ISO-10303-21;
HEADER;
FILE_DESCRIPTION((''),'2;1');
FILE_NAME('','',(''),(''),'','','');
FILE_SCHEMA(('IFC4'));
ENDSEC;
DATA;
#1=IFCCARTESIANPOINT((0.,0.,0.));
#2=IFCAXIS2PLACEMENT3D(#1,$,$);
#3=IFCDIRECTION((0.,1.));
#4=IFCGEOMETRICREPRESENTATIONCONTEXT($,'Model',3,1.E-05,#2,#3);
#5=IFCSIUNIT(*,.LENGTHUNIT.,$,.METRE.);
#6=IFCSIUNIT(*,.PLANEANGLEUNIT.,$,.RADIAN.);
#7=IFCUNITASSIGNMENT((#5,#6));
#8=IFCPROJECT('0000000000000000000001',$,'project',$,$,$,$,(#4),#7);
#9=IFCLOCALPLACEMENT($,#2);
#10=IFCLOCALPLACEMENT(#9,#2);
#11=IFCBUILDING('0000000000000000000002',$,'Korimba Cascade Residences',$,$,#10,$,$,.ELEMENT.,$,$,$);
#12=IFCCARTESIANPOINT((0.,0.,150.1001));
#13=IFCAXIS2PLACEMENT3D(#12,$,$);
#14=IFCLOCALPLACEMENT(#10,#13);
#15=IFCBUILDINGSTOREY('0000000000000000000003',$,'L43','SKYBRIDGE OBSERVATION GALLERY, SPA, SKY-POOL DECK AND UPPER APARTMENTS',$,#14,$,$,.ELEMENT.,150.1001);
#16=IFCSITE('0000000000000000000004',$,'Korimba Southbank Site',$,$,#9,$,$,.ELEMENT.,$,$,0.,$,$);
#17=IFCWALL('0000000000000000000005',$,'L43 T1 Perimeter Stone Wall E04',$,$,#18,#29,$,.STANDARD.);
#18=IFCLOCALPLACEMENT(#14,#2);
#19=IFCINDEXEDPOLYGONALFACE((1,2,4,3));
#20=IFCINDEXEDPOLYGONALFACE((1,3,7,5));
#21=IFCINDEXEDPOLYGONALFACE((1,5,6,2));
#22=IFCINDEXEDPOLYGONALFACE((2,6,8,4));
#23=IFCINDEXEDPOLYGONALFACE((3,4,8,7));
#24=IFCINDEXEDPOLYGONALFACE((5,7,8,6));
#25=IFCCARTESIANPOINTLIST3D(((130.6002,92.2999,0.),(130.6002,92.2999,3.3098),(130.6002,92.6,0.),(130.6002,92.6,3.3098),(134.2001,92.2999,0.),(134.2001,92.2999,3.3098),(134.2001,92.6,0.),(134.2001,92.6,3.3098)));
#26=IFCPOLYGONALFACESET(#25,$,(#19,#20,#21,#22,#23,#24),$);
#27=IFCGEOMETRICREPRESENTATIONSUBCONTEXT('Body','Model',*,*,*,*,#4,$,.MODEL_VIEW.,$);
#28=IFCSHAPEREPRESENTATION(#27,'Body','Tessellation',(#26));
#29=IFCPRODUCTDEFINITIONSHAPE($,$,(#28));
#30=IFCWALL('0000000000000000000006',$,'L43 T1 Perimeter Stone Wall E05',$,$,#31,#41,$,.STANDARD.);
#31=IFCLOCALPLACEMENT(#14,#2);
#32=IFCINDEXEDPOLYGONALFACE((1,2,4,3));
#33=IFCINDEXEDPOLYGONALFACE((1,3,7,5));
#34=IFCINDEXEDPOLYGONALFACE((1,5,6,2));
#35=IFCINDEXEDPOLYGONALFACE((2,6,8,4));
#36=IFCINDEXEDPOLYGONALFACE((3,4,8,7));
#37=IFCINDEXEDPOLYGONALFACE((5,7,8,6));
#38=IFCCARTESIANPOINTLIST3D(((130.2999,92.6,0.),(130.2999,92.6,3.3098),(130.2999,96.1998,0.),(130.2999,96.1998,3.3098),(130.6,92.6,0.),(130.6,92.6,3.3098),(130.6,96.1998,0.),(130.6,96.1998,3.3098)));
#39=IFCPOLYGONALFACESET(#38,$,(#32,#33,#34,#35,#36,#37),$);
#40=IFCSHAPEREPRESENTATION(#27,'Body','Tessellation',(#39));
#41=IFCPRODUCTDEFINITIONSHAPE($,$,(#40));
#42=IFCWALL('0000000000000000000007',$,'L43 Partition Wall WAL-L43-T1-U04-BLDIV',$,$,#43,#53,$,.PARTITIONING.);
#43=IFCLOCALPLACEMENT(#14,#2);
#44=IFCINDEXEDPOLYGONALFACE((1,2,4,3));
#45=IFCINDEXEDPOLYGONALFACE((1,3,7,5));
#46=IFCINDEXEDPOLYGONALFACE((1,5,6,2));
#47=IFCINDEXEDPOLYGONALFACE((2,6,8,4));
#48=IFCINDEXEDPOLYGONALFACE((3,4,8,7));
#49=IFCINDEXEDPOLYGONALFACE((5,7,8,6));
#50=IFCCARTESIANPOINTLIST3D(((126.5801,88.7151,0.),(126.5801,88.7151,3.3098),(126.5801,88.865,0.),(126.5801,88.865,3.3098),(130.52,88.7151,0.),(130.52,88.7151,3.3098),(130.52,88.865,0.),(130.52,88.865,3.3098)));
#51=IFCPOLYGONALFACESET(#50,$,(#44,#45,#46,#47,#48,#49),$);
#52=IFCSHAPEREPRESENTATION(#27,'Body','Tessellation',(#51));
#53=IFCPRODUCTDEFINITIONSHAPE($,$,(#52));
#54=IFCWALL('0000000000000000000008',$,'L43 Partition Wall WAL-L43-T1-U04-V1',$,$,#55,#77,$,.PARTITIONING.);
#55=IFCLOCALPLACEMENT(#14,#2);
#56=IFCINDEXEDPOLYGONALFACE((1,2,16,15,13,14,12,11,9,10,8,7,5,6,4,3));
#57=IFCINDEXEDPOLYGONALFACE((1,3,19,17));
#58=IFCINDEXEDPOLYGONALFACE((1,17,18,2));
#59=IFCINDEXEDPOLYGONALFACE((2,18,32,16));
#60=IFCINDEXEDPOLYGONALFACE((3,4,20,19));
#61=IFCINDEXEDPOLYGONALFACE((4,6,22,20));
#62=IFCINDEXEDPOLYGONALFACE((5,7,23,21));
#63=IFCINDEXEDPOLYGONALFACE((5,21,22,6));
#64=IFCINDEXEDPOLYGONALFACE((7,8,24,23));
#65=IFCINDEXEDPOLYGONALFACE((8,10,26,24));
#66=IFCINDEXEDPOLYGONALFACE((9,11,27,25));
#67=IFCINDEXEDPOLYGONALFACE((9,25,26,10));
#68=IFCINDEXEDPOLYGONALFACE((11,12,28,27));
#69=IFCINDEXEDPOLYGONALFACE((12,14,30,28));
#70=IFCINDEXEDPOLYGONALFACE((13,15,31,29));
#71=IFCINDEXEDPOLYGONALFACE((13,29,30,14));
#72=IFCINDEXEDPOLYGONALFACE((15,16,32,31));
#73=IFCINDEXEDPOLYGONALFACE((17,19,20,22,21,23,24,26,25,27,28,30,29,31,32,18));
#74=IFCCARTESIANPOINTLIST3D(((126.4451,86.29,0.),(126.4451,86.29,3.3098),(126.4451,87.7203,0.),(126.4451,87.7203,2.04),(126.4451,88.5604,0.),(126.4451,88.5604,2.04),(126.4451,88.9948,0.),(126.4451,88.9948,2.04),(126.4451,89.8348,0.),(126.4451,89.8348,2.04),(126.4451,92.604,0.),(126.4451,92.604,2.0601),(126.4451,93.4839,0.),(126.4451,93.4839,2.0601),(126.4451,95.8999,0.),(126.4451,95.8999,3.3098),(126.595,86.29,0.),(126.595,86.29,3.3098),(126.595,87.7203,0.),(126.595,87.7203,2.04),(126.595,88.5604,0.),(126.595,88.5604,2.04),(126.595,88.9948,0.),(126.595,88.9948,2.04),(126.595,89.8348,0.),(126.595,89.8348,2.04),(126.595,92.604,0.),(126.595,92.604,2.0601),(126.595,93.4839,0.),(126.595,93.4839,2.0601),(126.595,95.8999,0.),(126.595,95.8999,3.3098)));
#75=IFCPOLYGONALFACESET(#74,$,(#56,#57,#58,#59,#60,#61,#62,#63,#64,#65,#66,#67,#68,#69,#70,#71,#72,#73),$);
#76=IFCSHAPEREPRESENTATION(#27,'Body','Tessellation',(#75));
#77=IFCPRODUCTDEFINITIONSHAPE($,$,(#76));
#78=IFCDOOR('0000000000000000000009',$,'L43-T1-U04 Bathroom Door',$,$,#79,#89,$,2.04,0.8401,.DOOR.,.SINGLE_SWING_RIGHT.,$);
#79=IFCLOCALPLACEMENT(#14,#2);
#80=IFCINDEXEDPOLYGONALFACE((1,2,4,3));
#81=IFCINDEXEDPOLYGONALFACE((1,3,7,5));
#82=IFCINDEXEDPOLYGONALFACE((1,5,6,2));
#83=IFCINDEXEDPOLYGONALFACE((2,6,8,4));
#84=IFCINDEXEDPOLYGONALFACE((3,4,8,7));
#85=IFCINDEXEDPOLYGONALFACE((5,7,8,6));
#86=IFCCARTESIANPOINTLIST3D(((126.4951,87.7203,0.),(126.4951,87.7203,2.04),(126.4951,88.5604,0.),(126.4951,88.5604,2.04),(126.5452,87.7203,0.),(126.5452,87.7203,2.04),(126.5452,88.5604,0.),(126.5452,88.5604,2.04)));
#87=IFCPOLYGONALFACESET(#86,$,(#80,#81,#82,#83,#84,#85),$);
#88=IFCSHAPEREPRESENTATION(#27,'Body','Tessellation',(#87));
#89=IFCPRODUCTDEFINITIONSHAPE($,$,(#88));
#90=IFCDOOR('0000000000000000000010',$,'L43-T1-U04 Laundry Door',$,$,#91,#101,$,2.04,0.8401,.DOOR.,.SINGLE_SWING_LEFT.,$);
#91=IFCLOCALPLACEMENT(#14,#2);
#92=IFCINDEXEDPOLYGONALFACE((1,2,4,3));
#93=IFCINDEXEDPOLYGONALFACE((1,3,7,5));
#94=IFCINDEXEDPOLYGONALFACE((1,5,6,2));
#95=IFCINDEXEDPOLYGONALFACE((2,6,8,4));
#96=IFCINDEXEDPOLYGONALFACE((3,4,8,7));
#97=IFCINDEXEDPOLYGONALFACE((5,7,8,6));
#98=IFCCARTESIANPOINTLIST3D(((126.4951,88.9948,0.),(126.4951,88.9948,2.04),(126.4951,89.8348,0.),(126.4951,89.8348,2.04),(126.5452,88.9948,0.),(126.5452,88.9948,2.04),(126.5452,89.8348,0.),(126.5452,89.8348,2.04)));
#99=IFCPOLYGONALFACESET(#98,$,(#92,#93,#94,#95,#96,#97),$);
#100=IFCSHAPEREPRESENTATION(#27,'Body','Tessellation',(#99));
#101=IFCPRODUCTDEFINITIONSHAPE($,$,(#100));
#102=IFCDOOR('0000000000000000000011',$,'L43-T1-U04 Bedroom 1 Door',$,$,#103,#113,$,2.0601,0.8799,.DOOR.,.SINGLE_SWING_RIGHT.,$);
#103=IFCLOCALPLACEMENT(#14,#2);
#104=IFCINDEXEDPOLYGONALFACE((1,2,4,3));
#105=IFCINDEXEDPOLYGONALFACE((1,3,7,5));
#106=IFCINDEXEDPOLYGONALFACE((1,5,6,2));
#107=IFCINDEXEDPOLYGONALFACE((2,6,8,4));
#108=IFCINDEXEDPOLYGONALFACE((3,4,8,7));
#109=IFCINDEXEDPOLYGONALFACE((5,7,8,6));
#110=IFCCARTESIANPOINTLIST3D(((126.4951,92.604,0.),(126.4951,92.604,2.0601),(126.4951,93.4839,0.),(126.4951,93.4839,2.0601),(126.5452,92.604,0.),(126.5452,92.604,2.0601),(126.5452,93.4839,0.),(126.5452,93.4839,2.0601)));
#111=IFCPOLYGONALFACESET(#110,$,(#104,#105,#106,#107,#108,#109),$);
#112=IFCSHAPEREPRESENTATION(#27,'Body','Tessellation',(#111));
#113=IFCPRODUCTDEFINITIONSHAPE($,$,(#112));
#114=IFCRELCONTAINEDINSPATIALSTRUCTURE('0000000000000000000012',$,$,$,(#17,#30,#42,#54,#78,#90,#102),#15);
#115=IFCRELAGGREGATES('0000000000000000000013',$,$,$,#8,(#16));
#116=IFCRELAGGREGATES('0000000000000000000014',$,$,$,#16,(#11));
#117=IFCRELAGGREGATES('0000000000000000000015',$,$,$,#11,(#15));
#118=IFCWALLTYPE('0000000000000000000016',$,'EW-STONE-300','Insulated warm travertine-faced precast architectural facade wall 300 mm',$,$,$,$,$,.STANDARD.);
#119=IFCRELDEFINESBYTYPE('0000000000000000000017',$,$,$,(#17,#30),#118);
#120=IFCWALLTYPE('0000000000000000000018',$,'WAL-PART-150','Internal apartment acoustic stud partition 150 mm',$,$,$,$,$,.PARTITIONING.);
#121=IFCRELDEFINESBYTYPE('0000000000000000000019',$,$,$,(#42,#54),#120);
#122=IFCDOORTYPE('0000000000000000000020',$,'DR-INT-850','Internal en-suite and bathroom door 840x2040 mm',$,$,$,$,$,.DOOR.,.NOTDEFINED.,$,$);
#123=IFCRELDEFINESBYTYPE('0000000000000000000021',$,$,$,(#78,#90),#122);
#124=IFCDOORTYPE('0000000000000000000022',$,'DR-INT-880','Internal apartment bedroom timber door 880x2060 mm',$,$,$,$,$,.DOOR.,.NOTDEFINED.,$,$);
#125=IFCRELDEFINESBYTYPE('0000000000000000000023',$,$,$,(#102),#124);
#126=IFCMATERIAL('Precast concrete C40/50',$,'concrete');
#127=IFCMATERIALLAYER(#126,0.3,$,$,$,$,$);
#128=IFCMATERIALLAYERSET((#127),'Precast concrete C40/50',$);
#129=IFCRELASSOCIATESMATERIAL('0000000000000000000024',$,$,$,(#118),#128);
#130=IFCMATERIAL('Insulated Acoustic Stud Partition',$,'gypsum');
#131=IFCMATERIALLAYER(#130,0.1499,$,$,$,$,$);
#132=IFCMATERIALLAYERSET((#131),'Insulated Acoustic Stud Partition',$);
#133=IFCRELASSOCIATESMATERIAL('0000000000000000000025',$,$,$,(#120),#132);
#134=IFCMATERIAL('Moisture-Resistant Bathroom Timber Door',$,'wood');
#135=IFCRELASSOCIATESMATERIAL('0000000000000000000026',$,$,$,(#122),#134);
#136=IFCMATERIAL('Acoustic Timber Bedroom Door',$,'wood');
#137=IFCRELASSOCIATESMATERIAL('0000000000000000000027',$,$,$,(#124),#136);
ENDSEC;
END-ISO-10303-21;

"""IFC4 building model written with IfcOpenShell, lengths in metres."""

from ifc_helpers import new_model, si_unit, direction, frame, frame_2d, origin, place, context, subcontext, project, spatial, rectangle, extrude, material, layer, layer_set, type_object, element, fill, save


model = new_model("IFC4")

# Units and contexts
model_context = context("Model", 3, precision=1e-05, world=origin(), true_north=direction((0.0, 1.0)))
body_context = subcontext(model_context, "Body", "Model", "MODEL_VIEW")
ifc_project = project(units=[si_unit("LENGTHUNIT", "METRE"), si_unit("PLANEANGLEUNIT", "RADIAN")], contexts=[model_context])

# Site, building, storey
site_placement = place(None, origin())
site = spatial("IfcSite", under=ifc_project, at=site_placement, Name="Korimba Southbank Site", CompositionType="ELEMENT", RefElevation=0.0)
building_placement = place(site_placement, origin())
building = spatial("IfcBuilding", under=site, at=building_placement, Name="Korimba Cascade Residences", CompositionType="ELEMENT")
storey_placement = place(building_placement, frame((0.0, 0.0, 150.1001)))
storey = spatial("IfcBuildingStorey", under=building, at=storey_placement, Name="L43", Description="SKYBRIDGE OBSERVATION GALLERY, SPA, SKY-POOL DECK AND UPPER APARTMENTS", CompositionType="ELEMENT", Elevation=150.1001)

# Shared definitions
ifc_material_1 = material(Name="Precast concrete C40/50", Category="concrete")

# Walls
ifc_layer_1 = layer(ifc_material_1, 0.3)
ifc_layer_set_1 = layer_set([ifc_layer_1], Name="Precast concrete C40/50")
wall_type_1 = type_object("IfcWallType", Name="EW-STONE-300", Description="Insulated warm travertine-faced precast architectural facade wall 300 mm", PredefinedType="STANDARD", material=ifc_layer_set_1)
for number, where, z_axis, x_axis, name in (
    (1, (134.2, 92.45, 0.0), (0.0, 0.0, 1.0), (-1.0, 0.0, 0.0), "L43 T1 Perimeter Stone Wall E04"),
    (2, (130.45, 92.6001, 0.0), (0.0, 0.0, 1.0), (0.0, 1.0, 0.0), "L43 T1 Perimeter Stone Wall E05"),
):
    element("IfcWall", number, at=place(storey_placement, frame(where, z_axis=z_axis, x_axis=x_axis)), inside=storey, type_object=wall_type_1, Name=name, PredefinedType="STANDARD", context=body_context, shape_type="SweptSolid", body=[
        extrude(rectangle(XDim=3.5999, YDim=0.3, at=frame_2d((1.7998, 0.0))), origin(), (0.0, 0.0, 1.0), 3.3098),
    ])
ifc_material_2 = material(Name="Insulated Acoustic Stud Partition", Category="gypsum")
ifc_layer_2 = layer(ifc_material_2, 0.1499)
ifc_layer_set_2 = layer_set([ifc_layer_2], Name="Insulated Acoustic Stud Partition")
wall_type_2 = type_object("IfcWallType", Name="WAL-PART-150", Description="Internal apartment acoustic stud partition 150 mm", PredefinedType="PARTITIONING", material=ifc_layer_set_2)
wall_1_placement = place(storey_placement, frame((126.5801, 88.79, 0.0), z_axis=(0.0, 0.0, 1.0), x_axis=(1.0, 0.0, 0.0)))
element("IfcWall", 3, at=wall_1_placement, inside=storey, type_object=wall_type_2, Name="L43 Partition Wall WAL-L43-T1-U04-BLDIV", PredefinedType="PARTITIONING", context=body_context, shape_type="SweptSolid", body=[
    extrude(rectangle(XDim=3.9399, YDim=0.1499, at=frame_2d((1.97, 0.0))), origin(), (0.0, 0.0, 1.0), 3.3098),
])

# Wall, openings, doors
wall_2_placement = place(storey_placement, frame((126.52, 86.29, 0.0), z_axis=(0.0, 0.0, 1.0), x_axis=(0.0, 1.0, 0.0)))
wall_2 = element("IfcWall", 4, at=wall_2_placement, inside=storey, type_object=wall_type_2, Name="L43 Partition Wall WAL-L43-T1-U04-V1", PredefinedType="PARTITIONING", context=body_context, shape_type="SweptSolid", body=[
    extrude(rectangle(XDim=9.6099, YDim=0.1499, at=frame_2d((4.8049, 0.0))), origin(), (0.0, 0.0, 1.0), 3.3098),
])
opening_1_placement = place(wall_2_placement, frame((1.4304, 0.0, 0.0)))
opening_1 = element("IfcOpeningElement", 5, at=opening_1_placement, cuts=wall_2, PredefinedType="OPENING", context=body_context, shape_type="SweptSolid", body=[
    extrude(rectangle(XDim=0.8401, YDim=2.04, at=frame_2d((0.4199, 1.02))), frame((0.0, 0.085, 0.0), z_axis=(0.0, -1.0, 0.0), x_axis=(1.0, 0.0, 0.0)), (0.0, 0.0, 1.0), 0.1699),
])
opening_2_placement = place(wall_2_placement, frame((2.7048, 0.0, 0.0)))
opening_2 = element("IfcOpeningElement", 6, at=opening_2_placement, cuts=wall_2, PredefinedType="OPENING", context=body_context, shape_type="SweptSolid", body=[
    extrude(rectangle(XDim=0.8401, YDim=2.04, at=frame_2d((0.4199, 1.02))), frame((0.0, 0.085, 0.0), z_axis=(0.0, -1.0, 0.0), x_axis=(1.0, 0.0, 0.0)), (0.0, 0.0, 1.0), 0.1699),
])
opening_3_placement = place(wall_2_placement, frame((6.314, 0.0, 0.0)))
opening_3 = element("IfcOpeningElement", 7, at=opening_3_placement, cuts=wall_2, PredefinedType="OPENING", context=body_context, shape_type="SweptSolid", body=[
    extrude(rectangle(XDim=0.8799, YDim=2.0601, at=frame_2d((0.4399, 1.03))), frame((0.0, 0.085, 0.0), z_axis=(0.0, -1.0, 0.0), x_axis=(1.0, 0.0, 0.0)), (0.0, 0.0, 1.0), 0.1699),
])
ifc_material_3 = material(Name="Moisture-Resistant Bathroom Timber Door", Category="wood")
door_type_1 = type_object("IfcDoorType", Name="DR-INT-850", Description="Internal en-suite and bathroom door 840x2040 mm", OperationType="NOTDEFINED", PredefinedType="DOOR", material=ifc_material_3)
door_1_placement = place(opening_1_placement, origin())
door_1 = element("IfcDoor", 8, at=door_1_placement, inside=storey, type_object=door_type_1, Name="L43-T1-U04 Bathroom Door", OperationType="SINGLE_SWING_RIGHT", OverallHeight=2.04, OverallWidth=0.8401, PredefinedType="DOOR", context=body_context, shape_type="SweptSolid", body=[
    extrude(rectangle(XDim=0.8401, YDim=2.04, at=frame_2d((0.4199, 1.02))), frame((0.0, 0.0249, 0.0), z_axis=(0.0, -1.0, 0.0), x_axis=(1.0, 0.0, 0.0)), (0.0, 0.0, 1.0), 0.05),
])
fill(opening_1, door_1)
door_2_placement = place(opening_2_placement, origin())
door_2 = element("IfcDoor", 9, at=door_2_placement, inside=storey, type_object=door_type_1, Name="L43-T1-U04 Laundry Door", OperationType="SINGLE_SWING_LEFT", OverallHeight=2.04, OverallWidth=0.8401, PredefinedType="DOOR", context=body_context, shape_type="SweptSolid", body=[
    extrude(rectangle(XDim=0.8401, YDim=2.04, at=frame_2d((0.4199, 1.02))), frame((0.0, 0.0249, 0.0), z_axis=(0.0, -1.0, 0.0), x_axis=(1.0, 0.0, 0.0)), (0.0, 0.0, 1.0), 0.05),
])
fill(opening_2, door_2)
ifc_material_4 = material(Name="Acoustic Timber Bedroom Door", Category="wood")
door_type_2 = type_object("IfcDoorType", Name="DR-INT-880", Description="Internal apartment bedroom timber door 880x2060 mm", OperationType="NOTDEFINED", PredefinedType="DOOR", material=ifc_material_4)
door_3_placement = place(opening_3_placement, origin())
door_3 = element("IfcDoor", 10, at=door_3_placement, inside=storey, type_object=door_type_2, Name="L43-T1-U04 Bedroom 1 Door", OperationType="SINGLE_SWING_RIGHT", OverallHeight=2.0601, OverallWidth=0.8799, PredefinedType="DOOR", context=body_context, shape_type="SweptSolid", body=[
    extrude(rectangle(XDim=0.8799, YDim=2.0601, at=frame_2d((0.4399, 1.03))), frame((0.0, 0.0249, 0.0), z_axis=(0.0, -1.0, 0.0), x_axis=(1.0, 0.0, 0.0)), (0.0, 0.0, 1.0), 0.05),
])
fill(opening_3, door_3)

save(model, "model.ifc")
